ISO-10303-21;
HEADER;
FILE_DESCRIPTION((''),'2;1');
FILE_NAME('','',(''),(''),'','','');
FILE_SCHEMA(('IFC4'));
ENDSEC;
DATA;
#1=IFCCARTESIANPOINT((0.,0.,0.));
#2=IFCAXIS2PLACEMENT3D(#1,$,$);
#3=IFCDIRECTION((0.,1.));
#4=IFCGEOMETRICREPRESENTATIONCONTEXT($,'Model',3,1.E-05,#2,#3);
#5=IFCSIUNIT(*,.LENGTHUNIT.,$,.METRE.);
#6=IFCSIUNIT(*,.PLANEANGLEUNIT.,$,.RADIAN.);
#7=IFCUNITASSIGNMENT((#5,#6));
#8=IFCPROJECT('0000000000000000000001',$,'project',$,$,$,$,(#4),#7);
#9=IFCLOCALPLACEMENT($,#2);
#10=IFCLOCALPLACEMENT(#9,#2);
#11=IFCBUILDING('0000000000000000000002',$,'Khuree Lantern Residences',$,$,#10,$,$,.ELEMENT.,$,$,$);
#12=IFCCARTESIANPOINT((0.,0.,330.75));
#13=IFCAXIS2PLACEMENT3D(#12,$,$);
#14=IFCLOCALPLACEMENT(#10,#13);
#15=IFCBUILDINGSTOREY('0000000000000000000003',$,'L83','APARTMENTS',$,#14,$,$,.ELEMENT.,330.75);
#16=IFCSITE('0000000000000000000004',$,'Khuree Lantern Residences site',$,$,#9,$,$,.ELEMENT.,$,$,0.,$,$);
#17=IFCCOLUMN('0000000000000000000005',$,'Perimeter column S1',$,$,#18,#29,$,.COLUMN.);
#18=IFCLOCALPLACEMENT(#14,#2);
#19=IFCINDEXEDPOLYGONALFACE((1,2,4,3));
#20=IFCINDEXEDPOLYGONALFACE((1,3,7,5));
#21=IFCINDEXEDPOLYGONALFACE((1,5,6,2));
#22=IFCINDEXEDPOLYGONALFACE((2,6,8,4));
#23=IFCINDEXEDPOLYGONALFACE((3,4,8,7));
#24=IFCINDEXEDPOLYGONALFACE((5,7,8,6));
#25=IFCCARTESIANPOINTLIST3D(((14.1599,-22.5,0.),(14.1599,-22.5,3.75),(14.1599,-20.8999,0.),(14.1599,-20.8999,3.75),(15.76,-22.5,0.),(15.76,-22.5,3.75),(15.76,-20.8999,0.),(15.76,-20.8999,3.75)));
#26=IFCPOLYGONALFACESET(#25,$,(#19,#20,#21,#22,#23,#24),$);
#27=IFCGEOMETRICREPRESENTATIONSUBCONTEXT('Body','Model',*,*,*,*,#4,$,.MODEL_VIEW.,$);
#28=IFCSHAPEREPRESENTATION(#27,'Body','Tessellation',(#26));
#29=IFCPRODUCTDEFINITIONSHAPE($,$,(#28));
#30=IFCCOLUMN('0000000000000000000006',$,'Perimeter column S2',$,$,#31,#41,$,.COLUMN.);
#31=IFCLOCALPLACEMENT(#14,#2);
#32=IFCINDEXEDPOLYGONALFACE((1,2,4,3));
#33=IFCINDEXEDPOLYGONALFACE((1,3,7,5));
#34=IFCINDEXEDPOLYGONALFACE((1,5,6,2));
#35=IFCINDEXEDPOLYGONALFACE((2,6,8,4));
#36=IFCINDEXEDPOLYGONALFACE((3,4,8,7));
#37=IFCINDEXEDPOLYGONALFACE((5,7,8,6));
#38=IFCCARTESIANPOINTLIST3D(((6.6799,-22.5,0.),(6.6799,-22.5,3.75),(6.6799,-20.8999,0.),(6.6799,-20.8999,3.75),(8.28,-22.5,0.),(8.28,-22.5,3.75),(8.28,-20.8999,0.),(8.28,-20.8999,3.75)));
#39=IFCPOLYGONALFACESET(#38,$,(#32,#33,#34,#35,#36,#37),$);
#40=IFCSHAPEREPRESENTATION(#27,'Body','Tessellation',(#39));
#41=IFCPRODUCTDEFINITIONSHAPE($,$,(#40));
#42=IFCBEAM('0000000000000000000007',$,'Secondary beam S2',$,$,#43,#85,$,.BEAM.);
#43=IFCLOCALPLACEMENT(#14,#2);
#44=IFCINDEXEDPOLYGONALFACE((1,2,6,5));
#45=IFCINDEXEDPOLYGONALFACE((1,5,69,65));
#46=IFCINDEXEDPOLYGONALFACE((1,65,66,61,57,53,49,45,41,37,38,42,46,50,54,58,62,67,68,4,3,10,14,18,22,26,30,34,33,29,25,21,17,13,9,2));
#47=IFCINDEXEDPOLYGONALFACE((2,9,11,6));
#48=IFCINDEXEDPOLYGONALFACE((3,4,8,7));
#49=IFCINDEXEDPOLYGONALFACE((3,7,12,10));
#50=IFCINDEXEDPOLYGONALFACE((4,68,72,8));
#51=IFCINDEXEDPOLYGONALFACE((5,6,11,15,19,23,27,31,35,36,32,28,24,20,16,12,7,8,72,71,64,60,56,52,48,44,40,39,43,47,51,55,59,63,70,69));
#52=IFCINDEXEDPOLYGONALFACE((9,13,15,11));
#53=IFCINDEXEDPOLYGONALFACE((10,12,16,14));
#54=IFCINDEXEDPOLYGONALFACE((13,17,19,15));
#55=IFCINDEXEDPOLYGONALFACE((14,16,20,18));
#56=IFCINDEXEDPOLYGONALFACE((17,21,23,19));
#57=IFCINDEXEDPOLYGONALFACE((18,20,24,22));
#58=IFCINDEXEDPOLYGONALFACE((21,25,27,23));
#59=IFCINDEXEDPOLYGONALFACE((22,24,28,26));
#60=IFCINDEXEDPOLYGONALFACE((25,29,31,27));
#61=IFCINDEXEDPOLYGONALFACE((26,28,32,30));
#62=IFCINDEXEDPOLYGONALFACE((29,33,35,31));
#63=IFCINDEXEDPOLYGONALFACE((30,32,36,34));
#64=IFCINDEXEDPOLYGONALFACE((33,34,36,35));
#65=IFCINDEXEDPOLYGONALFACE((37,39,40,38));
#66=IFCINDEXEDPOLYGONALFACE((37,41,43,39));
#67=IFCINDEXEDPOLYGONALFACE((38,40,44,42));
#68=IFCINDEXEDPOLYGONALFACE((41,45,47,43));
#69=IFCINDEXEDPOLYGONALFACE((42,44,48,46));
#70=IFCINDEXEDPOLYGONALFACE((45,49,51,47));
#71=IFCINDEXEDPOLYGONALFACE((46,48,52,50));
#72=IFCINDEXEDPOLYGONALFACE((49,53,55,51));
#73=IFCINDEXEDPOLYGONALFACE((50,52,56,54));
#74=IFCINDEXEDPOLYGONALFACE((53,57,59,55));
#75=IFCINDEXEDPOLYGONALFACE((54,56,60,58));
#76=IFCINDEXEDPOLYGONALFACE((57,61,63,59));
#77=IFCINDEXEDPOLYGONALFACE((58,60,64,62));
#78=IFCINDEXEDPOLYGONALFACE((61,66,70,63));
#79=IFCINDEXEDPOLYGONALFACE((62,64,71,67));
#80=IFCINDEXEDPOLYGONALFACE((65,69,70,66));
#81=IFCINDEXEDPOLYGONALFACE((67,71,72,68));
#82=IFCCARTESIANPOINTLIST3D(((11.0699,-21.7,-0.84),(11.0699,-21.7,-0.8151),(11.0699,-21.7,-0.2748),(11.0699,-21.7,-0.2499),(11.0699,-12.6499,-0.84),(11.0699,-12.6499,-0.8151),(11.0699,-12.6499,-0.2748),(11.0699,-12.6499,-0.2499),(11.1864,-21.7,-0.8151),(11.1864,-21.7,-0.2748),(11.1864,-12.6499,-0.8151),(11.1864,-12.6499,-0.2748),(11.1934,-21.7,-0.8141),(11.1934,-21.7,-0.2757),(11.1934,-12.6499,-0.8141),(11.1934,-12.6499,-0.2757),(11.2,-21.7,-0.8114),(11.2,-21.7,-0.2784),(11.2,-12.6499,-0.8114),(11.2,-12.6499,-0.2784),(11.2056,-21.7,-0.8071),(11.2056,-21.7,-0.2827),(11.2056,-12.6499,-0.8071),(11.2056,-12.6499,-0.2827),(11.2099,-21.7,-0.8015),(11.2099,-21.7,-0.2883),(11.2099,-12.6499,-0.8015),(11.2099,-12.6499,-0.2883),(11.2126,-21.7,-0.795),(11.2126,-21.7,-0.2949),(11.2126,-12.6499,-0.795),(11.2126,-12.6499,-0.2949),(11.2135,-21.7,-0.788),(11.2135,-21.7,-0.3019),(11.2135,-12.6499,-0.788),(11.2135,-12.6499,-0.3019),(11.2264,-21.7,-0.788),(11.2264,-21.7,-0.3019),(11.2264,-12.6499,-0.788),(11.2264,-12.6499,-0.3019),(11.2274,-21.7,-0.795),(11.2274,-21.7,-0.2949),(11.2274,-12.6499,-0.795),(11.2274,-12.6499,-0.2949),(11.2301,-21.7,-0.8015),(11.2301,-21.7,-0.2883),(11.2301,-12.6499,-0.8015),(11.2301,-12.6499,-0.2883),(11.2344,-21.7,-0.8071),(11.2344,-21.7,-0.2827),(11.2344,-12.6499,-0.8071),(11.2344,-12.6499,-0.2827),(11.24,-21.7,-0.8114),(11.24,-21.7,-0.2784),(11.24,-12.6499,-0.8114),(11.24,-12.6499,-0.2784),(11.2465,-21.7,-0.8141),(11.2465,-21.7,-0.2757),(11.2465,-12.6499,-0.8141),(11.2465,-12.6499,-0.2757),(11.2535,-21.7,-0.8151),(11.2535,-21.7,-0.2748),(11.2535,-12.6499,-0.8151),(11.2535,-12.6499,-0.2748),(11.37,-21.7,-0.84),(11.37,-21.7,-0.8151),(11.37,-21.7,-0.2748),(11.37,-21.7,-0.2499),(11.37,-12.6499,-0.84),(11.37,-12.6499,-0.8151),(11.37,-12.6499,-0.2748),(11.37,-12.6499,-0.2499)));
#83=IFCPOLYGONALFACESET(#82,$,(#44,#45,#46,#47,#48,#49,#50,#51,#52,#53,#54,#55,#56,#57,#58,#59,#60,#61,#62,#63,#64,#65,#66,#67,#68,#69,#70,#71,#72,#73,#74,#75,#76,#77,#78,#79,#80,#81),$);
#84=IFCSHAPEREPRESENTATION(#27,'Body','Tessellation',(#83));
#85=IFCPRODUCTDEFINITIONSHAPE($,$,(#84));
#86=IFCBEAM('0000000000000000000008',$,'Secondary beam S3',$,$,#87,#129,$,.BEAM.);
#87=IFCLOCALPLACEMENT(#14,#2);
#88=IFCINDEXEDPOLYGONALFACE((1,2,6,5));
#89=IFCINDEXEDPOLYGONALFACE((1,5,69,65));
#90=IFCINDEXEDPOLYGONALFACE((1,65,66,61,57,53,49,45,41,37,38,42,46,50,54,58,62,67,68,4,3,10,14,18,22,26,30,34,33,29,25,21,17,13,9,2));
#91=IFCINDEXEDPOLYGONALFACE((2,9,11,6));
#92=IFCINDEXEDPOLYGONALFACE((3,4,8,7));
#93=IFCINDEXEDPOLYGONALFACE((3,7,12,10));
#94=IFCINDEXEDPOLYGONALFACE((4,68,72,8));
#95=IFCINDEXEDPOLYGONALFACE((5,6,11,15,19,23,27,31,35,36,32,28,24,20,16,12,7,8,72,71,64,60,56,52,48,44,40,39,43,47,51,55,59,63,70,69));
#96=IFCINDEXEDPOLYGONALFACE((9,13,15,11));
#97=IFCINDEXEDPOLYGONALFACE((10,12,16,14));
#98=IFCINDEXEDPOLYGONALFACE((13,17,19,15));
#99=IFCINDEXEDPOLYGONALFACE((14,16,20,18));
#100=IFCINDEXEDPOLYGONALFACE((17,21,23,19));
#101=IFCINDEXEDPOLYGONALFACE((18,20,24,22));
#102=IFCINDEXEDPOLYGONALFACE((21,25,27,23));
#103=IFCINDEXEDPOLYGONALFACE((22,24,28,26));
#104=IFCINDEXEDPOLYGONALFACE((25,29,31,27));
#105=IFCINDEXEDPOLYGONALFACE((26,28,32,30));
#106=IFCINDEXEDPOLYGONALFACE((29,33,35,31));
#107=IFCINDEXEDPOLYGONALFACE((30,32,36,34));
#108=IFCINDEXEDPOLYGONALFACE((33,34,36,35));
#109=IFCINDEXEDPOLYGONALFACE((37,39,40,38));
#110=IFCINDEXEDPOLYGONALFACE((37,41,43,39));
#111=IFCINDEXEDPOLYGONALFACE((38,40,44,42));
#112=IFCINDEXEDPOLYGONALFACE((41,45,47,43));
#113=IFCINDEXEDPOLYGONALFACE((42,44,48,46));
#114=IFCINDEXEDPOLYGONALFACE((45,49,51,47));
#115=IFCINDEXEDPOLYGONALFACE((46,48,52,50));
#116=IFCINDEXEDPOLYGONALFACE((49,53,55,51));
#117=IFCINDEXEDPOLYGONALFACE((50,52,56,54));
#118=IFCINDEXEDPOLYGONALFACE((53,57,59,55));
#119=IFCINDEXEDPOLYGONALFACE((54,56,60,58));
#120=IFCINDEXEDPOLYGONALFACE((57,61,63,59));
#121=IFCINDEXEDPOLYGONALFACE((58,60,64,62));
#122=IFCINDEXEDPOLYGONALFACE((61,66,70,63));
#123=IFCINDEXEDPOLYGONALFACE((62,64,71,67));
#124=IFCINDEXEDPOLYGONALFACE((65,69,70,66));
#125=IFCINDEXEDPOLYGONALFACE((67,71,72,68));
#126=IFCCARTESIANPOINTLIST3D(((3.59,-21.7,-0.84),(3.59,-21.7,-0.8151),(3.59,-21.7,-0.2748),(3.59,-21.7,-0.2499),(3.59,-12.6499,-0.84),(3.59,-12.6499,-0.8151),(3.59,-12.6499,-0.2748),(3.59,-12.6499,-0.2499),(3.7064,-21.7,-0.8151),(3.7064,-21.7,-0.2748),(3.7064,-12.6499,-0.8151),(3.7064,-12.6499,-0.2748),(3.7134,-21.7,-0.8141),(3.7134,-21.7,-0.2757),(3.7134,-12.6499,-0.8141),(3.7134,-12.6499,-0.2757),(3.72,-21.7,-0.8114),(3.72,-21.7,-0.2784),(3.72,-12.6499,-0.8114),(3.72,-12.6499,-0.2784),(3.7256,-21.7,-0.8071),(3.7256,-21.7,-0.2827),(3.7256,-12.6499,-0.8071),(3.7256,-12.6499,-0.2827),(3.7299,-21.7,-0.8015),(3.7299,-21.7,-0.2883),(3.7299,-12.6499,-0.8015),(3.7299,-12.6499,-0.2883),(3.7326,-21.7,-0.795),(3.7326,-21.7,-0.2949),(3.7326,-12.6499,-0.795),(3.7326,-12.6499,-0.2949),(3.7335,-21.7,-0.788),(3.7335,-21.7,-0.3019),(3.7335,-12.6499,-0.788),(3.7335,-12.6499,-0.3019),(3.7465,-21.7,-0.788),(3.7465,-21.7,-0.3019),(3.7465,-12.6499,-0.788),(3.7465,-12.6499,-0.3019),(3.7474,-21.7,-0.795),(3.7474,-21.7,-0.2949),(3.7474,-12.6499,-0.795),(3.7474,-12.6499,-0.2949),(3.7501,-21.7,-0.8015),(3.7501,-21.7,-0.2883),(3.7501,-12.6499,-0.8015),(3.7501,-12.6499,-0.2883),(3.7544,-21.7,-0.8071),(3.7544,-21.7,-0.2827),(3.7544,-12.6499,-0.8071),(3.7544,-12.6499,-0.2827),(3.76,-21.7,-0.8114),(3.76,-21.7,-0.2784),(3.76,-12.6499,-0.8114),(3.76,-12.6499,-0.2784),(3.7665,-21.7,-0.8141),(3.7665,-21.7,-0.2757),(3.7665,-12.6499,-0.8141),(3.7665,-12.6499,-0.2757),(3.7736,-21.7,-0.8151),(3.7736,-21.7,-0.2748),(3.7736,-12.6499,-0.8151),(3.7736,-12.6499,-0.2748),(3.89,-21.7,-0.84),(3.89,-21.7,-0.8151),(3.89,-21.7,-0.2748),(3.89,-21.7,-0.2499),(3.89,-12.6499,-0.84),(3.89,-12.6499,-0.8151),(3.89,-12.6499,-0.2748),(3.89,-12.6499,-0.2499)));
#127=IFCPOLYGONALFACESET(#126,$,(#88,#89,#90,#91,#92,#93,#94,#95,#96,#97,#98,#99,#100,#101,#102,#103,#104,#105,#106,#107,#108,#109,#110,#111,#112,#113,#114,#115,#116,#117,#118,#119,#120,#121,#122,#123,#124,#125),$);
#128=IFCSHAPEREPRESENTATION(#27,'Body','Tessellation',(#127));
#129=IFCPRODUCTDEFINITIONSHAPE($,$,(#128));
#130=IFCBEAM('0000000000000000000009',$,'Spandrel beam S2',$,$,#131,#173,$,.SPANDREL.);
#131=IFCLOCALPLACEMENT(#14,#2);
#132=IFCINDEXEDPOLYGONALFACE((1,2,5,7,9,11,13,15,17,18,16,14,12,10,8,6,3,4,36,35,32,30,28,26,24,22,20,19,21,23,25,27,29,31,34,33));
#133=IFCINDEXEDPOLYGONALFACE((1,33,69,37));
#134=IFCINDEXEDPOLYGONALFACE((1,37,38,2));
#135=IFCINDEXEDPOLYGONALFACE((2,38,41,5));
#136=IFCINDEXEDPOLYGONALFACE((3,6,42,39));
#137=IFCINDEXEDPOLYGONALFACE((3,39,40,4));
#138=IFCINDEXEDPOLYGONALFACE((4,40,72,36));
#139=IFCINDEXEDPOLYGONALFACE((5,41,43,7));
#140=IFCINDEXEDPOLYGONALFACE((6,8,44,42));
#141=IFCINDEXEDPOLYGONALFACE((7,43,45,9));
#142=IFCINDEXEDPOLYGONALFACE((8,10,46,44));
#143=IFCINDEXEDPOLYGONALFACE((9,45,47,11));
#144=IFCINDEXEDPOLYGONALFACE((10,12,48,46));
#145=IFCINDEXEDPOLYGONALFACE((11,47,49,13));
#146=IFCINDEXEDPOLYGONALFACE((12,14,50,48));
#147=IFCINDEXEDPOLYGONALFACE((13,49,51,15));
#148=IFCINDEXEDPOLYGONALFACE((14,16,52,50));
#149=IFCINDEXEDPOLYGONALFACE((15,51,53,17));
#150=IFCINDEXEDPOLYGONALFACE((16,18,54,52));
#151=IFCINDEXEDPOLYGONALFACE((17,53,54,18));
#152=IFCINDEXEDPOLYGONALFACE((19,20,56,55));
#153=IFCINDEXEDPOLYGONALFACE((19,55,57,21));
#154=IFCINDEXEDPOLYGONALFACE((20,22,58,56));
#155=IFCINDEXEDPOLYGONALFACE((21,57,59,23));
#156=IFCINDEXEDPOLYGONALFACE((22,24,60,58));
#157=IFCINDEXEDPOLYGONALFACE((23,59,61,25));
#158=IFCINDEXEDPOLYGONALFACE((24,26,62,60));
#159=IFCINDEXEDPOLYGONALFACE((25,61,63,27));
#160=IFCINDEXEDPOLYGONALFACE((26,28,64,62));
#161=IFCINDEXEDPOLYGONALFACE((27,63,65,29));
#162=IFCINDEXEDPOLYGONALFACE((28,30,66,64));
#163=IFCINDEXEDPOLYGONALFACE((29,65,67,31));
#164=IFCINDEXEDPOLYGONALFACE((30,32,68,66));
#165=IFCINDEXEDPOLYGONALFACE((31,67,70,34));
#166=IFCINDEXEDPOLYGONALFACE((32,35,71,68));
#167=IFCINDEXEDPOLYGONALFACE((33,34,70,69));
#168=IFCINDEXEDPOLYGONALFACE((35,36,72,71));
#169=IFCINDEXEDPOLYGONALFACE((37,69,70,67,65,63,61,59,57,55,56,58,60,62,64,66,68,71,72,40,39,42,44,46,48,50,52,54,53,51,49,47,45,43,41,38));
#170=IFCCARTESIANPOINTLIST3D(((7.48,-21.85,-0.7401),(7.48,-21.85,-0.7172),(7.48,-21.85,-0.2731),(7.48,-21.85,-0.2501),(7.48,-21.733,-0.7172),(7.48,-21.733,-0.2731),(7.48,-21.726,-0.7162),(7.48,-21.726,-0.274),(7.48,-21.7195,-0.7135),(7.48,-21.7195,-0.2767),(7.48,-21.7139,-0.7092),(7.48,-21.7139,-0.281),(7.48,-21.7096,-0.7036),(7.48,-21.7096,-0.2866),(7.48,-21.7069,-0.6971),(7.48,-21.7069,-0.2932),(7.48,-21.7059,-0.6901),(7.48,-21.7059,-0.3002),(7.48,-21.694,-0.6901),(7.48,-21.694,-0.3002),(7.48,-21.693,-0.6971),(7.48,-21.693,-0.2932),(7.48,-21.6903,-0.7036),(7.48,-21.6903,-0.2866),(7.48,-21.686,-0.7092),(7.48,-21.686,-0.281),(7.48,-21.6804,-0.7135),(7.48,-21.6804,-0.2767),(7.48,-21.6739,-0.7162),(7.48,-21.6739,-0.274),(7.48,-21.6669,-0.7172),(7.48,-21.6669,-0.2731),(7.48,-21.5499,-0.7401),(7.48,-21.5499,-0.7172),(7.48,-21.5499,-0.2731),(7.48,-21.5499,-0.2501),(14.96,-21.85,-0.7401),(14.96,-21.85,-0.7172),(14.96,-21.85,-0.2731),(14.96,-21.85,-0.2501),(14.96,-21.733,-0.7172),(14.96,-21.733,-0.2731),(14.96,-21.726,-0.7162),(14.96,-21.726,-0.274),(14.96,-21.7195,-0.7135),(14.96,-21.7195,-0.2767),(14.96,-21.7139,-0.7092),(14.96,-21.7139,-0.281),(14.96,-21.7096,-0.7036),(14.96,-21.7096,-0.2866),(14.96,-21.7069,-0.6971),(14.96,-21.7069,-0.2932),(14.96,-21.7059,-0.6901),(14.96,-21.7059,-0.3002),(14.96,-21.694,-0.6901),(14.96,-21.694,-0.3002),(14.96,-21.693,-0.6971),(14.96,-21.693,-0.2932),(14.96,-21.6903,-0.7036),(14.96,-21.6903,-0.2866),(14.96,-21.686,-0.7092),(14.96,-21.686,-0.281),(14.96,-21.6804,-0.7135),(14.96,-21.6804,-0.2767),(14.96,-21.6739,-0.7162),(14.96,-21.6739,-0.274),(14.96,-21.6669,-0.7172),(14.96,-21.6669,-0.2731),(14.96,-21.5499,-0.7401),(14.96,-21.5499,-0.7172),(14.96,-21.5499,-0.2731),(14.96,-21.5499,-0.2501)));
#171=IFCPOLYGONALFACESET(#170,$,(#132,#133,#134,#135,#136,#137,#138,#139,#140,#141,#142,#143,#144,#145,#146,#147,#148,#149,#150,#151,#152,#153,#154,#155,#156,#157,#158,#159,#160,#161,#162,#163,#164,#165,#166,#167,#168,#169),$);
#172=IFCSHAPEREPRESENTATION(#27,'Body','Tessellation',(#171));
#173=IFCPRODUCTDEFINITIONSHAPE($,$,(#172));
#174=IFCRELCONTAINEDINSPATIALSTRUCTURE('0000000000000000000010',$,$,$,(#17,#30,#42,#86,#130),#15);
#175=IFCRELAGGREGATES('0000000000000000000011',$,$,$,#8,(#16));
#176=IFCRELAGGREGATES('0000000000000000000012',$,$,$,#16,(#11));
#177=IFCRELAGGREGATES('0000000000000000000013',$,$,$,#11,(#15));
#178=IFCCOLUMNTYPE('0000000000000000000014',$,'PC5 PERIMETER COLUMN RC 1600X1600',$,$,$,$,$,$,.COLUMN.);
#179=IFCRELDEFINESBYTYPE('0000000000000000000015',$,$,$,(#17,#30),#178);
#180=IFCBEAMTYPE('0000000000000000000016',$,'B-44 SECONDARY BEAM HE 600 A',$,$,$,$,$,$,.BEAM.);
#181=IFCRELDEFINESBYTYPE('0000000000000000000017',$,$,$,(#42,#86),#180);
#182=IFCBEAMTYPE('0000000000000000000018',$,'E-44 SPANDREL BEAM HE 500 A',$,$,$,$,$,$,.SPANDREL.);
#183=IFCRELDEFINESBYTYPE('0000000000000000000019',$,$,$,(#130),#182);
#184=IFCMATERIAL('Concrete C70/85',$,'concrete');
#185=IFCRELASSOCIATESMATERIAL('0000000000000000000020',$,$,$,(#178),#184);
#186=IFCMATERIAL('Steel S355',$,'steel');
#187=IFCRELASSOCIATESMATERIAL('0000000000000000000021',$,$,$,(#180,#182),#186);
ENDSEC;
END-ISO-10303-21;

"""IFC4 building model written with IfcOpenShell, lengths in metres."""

from ifc_helpers import new_model, si_unit, direction, frame, origin, origin_2d, place, context, subcontext, project, spatial, rectangle, i_section, extrude, material, material_profile, profile_set, type_object, element, save


model = new_model("IFC4")

# Units and contexts
model_context = context("Model", 3, precision=1e-05, world=origin(), true_north=direction((0.0, 1.0)))
body_context = subcontext(model_context, "Body", "Model", "MODEL_VIEW")
ifc_project = project(units=[si_unit("LENGTHUNIT", "METRE"), si_unit("PLANEANGLEUNIT", "RADIAN")], contexts=[model_context])

# Site, building, storey
site_placement = place(None, origin())
site = spatial("IfcSite", under=ifc_project, at=site_placement, Name="Khuree Lantern Residences site", CompositionType="ELEMENT", RefElevation=0.0)
building_placement = place(site_placement, origin())
building = spatial("IfcBuilding", under=site, at=building_placement, Name="Khuree Lantern Residences", CompositionType="ELEMENT")
storey_placement = place(building_placement, frame((0.0, 0.0, 330.75)))
storey = spatial("IfcBuildingStorey", under=building, at=storey_placement, Name="L83", Description="APARTMENTS", CompositionType="ELEMENT", Elevation=330.75)

# Columns
ifc_material_1 = material(Name="Concrete C70/85", Category="concrete")
ifc_material_profile_1 = material_profile(ifc_material_1, rectangle(XDim=1.6001, YDim=1.6001, at=origin_2d()), Name="RC 1600X1600")
ifc_profile_set_1 = profile_set([ifc_material_profile_1], Name="Concrete C70/85")
column_type = type_object("IfcColumnType", Name="PC5 PERIMETER COLUMN RC 1600X1600", PredefinedType="COLUMN", material=ifc_profile_set_1)
for number, where, z_axis, x_axis, name in (
    (1, (14.96, -21.7, 0.0), (0.0, 0.0, 1.0), (1.0, 0.0, 0.0), "Perimeter column S1"),
    (2, (7.48, -21.7, 0.0), (0.0, 0.0, 1.0), (1.0, 0.0, 0.0), "Perimeter column S2"),
):
    element("IfcColumn", number, at=place(storey_placement, frame(where, z_axis=z_axis, x_axis=x_axis)), inside=storey, type_object=column_type, Name=name, PredefinedType="COLUMN", context=body_context, shape_type="SweptSolid", body=[
        extrude(rectangle(XDim=1.6001, YDim=1.6001, at=origin_2d()), origin(), (0.0, 0.0, 1.0), 3.75),
    ])

# Beams
ifc_material_2 = material(Name="Steel S355", Category="steel")
ifc_material_profile_2 = material_profile(ifc_material_2, i_section(OverallWidth=0.3, OverallDepth=0.5901, WebThickness=0.0129, FlangeThickness=0.0249, FilletRadius=0.0271, at=origin_2d()), Name="HE 600 A")
ifc_profile_set_2 = profile_set([ifc_material_profile_2], Name="Steel S355")
beam_type_1 = type_object("IfcBeamType", Name="B-44 SECONDARY BEAM HE 600 A", PredefinedType="BEAM", material=ifc_profile_set_2)
for number, where, z_axis, x_axis, name in (
    (3, (11.22, -21.7, -0.5449), (0.0, 1.0, 0.0), (-1.0, 0.0, 0.0), "Secondary beam S2"),
    (4, (3.74, -21.7, -0.5449), (0.0, 1.0, 0.0), (-1.0, 0.0, 0.0), "Secondary beam S3"),
):
    element("IfcBeam", number, at=place(storey_placement, frame(where, z_axis=z_axis, x_axis=x_axis)), inside=storey, type_object=beam_type_1, Name=name, PredefinedType="BEAM", context=body_context, shape_type="SweptSolid", body=[
        extrude(i_section(OverallWidth=0.3, OverallDepth=0.5901, WebThickness=0.0129, FlangeThickness=0.0249, FilletRadius=0.0271, at=origin_2d()), origin(), (0.0, 0.0, 1.0), 9.05),
    ])
ifc_material_profile_3 = material_profile(ifc_material_2, i_section(OverallWidth=0.3, OverallDepth=0.49, WebThickness=0.012, FlangeThickness=0.0229, FilletRadius=0.0271, at=origin_2d()), Name="HE 500 A")
ifc_profile_set_3 = profile_set([ifc_material_profile_3], Name="Steel S355")
beam_type_2 = type_object("IfcBeamType", Name="E-44 SPANDREL BEAM HE 500 A", PredefinedType="SPANDREL", material=ifc_profile_set_3)
for number, where, z_axis, x_axis, name in (
    (5, (14.96, -21.7, -0.4951), (-1.0, 0.0, 0.0), (0.0, -1.0, 0.0), "Spandrel beam S2"),
):
    element("IfcBeam", number, at=place(storey_placement, frame(where, z_axis=z_axis, x_axis=x_axis)), inside=storey, type_object=beam_type_2, Name=name, PredefinedType="SPANDREL", context=body_context, shape_type="SweptSolid", body=[
        extrude(i_section(OverallWidth=0.3, OverallDepth=0.49, WebThickness=0.012, FlangeThickness=0.0229, FilletRadius=0.0271, at=origin_2d()), origin(), (0.0, 0.0, 1.0), 7.48),
    ])

save(model, "model.ifc")
